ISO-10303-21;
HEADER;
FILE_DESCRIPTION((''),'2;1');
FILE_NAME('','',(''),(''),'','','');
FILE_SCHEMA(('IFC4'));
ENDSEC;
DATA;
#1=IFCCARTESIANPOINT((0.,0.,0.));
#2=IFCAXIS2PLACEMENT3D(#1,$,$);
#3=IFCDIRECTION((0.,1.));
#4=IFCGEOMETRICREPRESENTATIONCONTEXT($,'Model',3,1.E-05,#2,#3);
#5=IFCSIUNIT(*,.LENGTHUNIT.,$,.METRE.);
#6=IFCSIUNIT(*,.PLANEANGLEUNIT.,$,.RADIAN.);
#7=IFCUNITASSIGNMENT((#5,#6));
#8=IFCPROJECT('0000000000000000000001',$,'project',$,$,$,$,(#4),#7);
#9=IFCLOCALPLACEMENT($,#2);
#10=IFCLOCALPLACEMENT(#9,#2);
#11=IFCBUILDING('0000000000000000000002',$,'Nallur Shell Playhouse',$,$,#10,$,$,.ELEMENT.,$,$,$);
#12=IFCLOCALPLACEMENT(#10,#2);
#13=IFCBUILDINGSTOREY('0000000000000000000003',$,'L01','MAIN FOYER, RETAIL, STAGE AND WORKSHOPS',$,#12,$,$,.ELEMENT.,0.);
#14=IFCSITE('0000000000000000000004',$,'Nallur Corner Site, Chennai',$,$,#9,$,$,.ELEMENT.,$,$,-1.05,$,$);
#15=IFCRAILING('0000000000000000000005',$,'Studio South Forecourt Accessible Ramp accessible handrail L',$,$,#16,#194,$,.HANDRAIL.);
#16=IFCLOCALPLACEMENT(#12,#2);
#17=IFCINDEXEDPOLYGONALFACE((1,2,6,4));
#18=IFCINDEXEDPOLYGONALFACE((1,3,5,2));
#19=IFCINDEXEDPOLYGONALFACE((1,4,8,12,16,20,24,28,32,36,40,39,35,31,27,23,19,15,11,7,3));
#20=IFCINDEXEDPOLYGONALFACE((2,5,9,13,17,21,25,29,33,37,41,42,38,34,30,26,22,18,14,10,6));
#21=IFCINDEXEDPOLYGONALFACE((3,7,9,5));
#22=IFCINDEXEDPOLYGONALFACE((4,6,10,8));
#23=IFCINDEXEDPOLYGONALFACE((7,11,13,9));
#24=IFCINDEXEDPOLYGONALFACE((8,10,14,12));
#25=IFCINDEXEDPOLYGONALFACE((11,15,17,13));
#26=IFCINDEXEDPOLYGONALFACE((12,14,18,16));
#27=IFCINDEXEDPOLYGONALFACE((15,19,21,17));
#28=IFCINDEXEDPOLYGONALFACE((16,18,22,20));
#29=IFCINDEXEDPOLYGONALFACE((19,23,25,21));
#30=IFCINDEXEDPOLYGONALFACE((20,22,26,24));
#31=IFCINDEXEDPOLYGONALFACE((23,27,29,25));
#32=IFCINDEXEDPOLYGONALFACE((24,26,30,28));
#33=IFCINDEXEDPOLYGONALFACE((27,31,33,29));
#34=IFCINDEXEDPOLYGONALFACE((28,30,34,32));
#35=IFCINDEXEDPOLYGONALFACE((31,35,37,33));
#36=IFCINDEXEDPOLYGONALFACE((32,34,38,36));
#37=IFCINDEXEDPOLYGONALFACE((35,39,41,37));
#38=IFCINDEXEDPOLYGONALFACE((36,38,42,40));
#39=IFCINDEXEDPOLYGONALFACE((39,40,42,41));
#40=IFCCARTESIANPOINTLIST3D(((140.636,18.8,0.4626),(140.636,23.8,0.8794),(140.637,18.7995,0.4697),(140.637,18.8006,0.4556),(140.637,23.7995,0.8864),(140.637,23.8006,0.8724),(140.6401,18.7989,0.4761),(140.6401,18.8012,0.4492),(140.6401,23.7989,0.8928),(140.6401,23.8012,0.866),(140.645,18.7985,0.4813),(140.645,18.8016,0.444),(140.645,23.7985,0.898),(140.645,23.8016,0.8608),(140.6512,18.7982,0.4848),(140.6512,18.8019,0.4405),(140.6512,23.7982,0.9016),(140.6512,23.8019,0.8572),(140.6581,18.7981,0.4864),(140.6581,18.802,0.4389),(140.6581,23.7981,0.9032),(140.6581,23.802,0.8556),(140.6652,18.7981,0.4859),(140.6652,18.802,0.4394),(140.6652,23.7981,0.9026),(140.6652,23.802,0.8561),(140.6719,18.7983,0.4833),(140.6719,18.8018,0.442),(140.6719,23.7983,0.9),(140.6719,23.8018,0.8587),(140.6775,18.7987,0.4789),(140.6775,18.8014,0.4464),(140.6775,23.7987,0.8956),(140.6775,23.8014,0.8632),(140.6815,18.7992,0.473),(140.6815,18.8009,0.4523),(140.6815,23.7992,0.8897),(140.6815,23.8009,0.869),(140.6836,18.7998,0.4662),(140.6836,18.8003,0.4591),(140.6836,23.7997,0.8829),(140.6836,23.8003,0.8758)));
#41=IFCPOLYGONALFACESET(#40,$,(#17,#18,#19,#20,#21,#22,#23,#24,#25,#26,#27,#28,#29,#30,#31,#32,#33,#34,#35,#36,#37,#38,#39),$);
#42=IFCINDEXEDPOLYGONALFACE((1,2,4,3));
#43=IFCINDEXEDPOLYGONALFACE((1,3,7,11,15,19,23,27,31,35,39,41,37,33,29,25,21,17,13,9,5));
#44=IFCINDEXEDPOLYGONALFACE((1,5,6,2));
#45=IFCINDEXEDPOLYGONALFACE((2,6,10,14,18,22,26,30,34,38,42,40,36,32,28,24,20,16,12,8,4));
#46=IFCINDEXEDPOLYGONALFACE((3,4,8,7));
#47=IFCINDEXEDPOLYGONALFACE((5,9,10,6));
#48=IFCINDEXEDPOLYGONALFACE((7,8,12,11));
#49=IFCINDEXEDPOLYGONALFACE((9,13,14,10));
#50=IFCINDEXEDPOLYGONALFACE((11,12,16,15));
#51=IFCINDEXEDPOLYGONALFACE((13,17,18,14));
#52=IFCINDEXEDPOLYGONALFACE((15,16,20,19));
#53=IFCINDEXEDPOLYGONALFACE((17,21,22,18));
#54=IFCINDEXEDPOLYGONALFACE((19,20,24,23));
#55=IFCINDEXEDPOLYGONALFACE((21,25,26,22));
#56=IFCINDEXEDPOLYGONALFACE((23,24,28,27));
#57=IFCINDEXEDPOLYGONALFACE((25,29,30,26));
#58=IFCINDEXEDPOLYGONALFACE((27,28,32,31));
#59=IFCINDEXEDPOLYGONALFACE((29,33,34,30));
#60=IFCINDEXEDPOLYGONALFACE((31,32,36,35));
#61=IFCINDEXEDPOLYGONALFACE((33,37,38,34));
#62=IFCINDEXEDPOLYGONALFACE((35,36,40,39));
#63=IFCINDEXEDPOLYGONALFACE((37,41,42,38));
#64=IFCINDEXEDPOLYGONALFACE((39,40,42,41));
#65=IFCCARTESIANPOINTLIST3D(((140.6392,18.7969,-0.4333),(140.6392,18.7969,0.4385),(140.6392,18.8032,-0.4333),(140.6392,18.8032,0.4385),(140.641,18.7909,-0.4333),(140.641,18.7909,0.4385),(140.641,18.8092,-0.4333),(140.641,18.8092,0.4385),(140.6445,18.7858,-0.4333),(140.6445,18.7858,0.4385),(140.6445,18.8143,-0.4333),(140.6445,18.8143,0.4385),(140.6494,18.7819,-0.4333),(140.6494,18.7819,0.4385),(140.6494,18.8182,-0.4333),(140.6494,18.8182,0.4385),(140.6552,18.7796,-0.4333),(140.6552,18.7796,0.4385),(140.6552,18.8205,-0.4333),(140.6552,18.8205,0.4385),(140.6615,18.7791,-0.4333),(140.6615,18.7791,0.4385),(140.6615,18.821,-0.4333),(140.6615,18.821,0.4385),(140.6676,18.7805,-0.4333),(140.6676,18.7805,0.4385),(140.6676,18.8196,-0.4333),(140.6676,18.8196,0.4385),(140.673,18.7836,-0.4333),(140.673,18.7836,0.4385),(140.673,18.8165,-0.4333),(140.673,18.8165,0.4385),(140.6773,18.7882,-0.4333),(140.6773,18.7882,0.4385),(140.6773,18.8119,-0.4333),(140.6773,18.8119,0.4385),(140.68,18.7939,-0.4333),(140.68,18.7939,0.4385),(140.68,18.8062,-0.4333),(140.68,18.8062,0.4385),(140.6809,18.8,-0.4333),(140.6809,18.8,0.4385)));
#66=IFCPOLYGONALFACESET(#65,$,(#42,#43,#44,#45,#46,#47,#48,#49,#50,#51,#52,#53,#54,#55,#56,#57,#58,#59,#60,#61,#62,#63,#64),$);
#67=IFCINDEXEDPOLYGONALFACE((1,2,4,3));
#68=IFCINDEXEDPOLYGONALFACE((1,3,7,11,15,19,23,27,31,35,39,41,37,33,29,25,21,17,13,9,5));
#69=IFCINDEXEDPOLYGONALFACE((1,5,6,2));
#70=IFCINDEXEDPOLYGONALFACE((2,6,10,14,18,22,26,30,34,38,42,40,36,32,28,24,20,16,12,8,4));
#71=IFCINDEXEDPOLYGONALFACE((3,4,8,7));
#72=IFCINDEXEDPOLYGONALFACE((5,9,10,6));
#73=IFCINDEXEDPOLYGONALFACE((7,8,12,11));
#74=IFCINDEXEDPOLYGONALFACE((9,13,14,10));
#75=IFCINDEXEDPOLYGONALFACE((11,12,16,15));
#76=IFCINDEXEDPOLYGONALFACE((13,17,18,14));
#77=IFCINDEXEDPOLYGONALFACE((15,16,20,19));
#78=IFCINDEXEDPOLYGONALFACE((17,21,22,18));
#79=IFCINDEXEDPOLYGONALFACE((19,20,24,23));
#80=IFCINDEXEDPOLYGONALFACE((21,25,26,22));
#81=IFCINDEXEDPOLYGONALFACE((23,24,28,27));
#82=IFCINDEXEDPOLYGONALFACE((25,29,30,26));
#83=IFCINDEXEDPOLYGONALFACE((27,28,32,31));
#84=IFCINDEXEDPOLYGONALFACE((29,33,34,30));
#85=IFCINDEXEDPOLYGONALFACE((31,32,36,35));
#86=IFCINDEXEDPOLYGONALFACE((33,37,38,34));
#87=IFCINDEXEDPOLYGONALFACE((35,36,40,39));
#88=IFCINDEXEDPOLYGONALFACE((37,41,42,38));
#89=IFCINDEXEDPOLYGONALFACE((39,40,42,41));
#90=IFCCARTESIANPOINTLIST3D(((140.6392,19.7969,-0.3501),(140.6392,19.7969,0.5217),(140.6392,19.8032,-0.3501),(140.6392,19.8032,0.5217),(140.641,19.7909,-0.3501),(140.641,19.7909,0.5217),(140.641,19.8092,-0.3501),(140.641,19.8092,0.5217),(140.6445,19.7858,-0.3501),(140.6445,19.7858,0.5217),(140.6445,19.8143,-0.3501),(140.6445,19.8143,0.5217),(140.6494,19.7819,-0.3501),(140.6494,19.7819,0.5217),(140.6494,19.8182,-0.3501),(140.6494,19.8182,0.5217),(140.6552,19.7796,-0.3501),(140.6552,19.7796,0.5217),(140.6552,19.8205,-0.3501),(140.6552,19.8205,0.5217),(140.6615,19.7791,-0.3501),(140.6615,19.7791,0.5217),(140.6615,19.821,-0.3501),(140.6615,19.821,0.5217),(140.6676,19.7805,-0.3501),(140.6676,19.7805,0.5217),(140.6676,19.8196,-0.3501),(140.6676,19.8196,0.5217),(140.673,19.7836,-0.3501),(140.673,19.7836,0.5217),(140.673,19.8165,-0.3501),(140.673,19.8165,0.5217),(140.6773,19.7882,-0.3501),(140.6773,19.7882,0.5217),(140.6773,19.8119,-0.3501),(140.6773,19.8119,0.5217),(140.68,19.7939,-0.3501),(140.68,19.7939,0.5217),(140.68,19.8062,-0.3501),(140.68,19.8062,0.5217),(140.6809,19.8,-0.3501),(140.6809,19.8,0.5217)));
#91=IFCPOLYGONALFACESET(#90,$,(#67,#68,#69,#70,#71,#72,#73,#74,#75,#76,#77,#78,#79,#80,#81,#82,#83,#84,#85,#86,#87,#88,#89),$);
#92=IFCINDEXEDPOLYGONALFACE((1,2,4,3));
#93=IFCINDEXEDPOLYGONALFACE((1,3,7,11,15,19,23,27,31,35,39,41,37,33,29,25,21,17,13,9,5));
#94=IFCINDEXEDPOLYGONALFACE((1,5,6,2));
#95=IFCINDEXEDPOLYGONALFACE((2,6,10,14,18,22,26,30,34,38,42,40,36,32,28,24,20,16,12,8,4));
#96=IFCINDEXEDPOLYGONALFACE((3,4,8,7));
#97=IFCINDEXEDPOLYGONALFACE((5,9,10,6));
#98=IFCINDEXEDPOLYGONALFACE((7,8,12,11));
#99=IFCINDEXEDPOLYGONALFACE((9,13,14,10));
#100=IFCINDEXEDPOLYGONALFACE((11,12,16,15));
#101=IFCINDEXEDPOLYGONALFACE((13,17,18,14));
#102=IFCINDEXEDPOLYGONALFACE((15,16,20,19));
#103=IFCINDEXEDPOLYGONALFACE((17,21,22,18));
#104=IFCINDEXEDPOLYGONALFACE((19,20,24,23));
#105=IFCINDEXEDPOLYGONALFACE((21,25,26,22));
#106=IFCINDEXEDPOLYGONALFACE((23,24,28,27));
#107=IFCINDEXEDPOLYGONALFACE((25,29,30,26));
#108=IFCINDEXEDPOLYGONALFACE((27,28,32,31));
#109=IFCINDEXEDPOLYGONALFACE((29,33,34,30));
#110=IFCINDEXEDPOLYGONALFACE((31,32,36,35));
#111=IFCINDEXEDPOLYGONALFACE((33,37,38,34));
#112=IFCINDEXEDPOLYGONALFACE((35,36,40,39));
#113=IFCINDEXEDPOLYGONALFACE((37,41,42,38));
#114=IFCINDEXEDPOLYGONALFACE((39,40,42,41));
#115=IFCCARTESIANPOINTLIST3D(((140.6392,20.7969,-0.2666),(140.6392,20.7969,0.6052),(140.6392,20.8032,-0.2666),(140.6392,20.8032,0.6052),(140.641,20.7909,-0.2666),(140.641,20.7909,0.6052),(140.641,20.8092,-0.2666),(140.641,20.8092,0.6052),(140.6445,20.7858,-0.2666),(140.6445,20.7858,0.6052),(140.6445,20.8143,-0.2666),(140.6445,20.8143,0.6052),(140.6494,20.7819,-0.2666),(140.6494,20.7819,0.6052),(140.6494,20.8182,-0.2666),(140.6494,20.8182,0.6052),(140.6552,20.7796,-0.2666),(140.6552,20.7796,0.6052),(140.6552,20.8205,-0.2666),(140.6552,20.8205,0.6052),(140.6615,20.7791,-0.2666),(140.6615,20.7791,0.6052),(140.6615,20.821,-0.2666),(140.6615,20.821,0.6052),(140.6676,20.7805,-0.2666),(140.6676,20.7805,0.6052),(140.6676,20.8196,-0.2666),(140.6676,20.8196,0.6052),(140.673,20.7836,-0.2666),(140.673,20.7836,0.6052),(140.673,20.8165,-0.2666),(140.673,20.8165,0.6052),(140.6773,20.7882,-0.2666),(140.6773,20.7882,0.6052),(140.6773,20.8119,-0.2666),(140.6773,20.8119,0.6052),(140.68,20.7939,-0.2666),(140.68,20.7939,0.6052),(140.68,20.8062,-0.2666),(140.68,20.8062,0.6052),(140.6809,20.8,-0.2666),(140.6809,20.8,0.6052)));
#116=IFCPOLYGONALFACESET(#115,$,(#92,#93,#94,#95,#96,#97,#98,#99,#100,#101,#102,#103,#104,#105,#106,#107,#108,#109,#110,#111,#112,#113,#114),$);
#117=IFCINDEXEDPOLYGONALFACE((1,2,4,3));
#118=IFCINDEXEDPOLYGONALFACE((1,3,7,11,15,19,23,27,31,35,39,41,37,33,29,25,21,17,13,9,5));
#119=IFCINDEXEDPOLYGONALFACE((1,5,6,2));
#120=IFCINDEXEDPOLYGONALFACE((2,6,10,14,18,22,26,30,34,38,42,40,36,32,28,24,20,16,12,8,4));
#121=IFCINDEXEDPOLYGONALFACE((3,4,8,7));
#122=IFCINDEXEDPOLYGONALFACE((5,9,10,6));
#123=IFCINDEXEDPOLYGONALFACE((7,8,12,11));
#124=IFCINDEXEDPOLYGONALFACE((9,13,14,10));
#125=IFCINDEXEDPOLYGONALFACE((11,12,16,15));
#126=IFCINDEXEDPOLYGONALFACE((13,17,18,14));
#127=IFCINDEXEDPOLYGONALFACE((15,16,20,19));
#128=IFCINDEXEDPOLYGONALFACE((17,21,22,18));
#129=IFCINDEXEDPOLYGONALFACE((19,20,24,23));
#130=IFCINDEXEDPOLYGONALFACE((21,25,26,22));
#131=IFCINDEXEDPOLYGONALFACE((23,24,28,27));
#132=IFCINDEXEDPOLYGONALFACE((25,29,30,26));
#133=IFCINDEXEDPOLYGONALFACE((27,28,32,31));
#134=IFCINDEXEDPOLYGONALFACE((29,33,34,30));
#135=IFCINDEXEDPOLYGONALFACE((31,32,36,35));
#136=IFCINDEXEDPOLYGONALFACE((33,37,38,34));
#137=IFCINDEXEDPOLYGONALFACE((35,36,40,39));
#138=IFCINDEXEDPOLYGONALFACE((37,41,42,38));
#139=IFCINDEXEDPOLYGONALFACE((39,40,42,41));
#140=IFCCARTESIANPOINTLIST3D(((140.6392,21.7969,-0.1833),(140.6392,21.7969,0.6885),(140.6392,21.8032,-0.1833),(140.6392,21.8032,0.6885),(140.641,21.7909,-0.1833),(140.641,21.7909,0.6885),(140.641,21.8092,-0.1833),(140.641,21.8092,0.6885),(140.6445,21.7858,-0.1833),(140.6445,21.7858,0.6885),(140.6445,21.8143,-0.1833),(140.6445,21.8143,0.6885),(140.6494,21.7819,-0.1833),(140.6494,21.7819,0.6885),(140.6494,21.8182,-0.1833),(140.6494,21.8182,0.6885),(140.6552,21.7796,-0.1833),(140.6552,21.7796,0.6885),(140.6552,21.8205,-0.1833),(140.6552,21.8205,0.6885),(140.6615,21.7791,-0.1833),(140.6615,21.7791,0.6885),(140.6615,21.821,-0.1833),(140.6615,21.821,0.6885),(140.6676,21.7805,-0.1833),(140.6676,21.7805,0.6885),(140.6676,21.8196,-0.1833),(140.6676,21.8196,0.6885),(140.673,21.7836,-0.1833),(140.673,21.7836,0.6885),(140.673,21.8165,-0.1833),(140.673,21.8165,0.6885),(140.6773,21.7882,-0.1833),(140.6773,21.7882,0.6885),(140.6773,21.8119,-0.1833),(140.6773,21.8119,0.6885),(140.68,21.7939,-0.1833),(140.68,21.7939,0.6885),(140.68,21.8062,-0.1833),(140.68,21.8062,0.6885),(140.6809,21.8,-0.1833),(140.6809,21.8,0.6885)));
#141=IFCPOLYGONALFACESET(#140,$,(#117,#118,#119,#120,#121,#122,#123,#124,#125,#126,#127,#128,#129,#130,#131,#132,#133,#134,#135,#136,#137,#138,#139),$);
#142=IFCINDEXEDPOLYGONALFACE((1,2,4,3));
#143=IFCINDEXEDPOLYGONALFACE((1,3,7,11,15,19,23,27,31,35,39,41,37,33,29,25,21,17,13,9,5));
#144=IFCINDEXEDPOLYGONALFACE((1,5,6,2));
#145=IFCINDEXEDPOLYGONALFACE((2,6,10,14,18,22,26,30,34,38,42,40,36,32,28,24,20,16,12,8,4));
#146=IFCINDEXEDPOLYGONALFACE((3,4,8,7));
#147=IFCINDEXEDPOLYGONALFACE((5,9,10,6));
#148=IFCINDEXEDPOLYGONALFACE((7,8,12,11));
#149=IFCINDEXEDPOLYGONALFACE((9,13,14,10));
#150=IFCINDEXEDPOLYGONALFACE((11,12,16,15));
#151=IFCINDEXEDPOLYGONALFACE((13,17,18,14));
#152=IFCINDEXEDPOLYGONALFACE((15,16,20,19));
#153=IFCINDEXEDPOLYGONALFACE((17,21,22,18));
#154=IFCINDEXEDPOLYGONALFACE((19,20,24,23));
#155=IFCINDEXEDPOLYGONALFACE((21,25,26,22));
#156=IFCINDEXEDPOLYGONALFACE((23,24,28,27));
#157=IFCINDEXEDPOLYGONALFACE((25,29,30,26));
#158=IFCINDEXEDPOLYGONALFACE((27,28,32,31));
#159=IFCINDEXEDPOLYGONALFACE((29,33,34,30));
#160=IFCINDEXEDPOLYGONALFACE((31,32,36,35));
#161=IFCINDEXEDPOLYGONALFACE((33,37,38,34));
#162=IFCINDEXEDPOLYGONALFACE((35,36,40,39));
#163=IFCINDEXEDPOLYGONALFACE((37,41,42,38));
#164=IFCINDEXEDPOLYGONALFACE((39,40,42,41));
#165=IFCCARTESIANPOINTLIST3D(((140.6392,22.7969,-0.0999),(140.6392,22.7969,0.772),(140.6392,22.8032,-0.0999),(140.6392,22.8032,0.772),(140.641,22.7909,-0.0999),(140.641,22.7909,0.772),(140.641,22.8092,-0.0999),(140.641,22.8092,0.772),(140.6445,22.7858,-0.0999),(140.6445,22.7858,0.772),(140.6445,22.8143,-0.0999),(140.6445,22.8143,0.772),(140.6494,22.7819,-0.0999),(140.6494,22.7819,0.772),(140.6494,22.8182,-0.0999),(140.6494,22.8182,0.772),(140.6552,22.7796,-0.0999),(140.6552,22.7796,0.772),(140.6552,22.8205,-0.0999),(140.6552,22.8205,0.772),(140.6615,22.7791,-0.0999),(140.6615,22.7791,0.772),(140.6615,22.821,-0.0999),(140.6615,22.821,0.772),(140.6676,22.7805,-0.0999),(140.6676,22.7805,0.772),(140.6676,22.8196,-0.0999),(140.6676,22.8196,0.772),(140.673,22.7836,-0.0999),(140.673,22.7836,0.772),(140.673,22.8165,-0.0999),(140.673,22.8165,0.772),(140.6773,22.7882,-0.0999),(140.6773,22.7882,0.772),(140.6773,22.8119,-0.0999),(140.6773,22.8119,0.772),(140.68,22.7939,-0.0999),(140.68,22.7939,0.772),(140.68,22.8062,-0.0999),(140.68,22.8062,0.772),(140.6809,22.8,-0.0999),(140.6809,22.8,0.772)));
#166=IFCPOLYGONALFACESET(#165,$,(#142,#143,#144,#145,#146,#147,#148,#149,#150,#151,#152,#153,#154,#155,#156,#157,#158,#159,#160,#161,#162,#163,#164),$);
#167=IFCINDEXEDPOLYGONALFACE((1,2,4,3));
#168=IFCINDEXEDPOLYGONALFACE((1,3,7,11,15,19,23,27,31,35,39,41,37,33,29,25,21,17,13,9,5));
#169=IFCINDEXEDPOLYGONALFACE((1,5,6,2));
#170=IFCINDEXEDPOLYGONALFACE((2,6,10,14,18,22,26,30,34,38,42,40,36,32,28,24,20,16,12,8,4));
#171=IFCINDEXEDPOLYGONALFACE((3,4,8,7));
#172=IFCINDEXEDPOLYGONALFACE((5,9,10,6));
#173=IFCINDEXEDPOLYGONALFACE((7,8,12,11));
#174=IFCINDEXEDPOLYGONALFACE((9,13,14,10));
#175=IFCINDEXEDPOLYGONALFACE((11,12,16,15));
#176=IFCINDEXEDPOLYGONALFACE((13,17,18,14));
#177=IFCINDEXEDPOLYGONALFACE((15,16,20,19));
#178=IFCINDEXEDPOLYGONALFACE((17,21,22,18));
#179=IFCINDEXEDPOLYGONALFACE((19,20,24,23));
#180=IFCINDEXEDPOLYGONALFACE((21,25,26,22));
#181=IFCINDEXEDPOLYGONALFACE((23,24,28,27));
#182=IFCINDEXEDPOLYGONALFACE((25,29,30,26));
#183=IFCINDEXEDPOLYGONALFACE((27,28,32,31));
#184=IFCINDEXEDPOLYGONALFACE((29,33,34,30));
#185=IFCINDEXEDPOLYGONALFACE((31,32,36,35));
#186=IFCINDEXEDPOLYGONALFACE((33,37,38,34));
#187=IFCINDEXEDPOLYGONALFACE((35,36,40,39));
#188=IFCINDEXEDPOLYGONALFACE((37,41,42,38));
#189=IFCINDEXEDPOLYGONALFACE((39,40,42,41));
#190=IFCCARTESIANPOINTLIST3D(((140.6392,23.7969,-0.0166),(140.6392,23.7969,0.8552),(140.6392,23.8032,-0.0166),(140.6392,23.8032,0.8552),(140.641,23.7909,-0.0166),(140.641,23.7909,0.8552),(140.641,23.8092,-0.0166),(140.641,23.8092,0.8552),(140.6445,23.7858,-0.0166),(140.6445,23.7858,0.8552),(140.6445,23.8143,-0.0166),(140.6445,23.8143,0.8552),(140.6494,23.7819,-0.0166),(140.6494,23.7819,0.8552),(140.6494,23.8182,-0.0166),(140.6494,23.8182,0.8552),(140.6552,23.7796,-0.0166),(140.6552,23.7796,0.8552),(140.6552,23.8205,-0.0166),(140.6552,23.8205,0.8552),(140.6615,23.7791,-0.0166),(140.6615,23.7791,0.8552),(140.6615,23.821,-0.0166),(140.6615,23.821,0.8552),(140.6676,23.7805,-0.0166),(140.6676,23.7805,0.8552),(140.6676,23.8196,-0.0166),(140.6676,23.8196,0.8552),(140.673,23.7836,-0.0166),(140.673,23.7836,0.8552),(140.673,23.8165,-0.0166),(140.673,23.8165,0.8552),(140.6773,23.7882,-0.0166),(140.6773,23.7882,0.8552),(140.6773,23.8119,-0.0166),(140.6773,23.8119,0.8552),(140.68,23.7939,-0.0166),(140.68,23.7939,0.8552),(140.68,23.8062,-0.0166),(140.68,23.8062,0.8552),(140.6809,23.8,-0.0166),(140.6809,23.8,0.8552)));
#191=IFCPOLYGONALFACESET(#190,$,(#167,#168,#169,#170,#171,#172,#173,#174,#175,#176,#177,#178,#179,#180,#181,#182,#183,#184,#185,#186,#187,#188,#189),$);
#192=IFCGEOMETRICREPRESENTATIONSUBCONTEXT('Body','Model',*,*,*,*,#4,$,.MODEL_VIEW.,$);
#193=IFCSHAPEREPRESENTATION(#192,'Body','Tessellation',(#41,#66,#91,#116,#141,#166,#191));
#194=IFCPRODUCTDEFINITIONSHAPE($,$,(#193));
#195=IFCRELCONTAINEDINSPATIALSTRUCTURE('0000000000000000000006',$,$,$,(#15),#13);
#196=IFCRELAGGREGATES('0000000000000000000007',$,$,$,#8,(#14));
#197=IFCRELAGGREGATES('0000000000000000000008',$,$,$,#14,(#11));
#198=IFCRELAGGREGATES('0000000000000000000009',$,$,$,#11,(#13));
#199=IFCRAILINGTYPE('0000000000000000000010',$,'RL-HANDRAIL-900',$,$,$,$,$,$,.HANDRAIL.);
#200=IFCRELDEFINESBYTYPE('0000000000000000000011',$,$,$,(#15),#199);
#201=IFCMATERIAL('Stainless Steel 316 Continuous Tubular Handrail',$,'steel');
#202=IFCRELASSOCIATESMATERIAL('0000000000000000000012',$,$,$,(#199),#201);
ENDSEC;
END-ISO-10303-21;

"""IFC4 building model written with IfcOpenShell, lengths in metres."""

from ifc_helpers import new_model, si_unit, direction, frame, origin, origin_2d, place, context, subcontext, project, spatial, circle, extrude, material, type_object, element, save


model = new_model("IFC4")

# Units and contexts
model_context = context("Model", 3, precision=1e-05, world=origin(), true_north=direction((0.0, 1.0)))
body_context = subcontext(model_context, "Body", "Model", "MODEL_VIEW")
ifc_project = project(units=[si_unit("LENGTHUNIT", "METRE"), si_unit("PLANEANGLEUNIT", "RADIAN")], contexts=[model_context])

# Site, building, storey
site_placement = place(None, origin())
site = spatial("IfcSite", under=ifc_project, at=site_placement, Name="Nallur Corner Site, Chennai", CompositionType="ELEMENT", RefElevation=-1.05)
building_placement = place(site_placement, origin())
building = spatial("IfcBuilding", under=site, at=building_placement, Name="Nallur Shell Playhouse", CompositionType="ELEMENT")
storey_placement = place(building_placement, origin())
storey = spatial("IfcBuildingStorey", under=building, at=storey_placement, Name="L01", Description="MAIN FOYER, RETAIL, STAGE AND WORKSHOPS", CompositionType="ELEMENT", Elevation=0.0)

# Railing
ifc_material_1 = material(Name="Stainless Steel 316 Continuous Tubular Handrail", Category="steel")
railing_type = type_object("IfcRailingType", Name="RL-HANDRAIL-900", PredefinedType="HANDRAIL", material=ifc_material_1)
for number, where, name in (
    (1, (140.6599, 18.8, -0.4333), "Studio South Forecourt Accessible Ramp accessible handrail L"),
):
    element("IfcRailing", number, at=place(storey_placement, frame(where)), inside=storey, type_object=railing_type, Name=name, PredefinedType="HANDRAIL", context=body_context, shape_type="SweptSolid", body=[
        extrude(circle(Radius=0.0239, at=origin_2d()), frame((0.0, 0.0, 0.896), z_axis=(0.0, 0.996544, 0.083062), x_axis=(-1.0, 0.0, 0.0)), (0.0, 0.0, 1.0), 5.0173),
        extrude(circle(Radius=0.021, at=origin_2d()), origin(), (0.0, 0.0, 1.0), 0.8718),
        extrude(circle(Radius=0.021, at=origin_2d()), frame((0.0, 1.0, 0.0833)), (0.0, 0.0, 1.0), 0.8718),
        extrude(circle(Radius=0.021, at=origin_2d()), frame((0.0, 2.0, 0.1667)), (0.0, 0.0, 1.0), 0.8718),
        extrude(circle(Radius=0.021, at=origin_2d()), frame((0.0, 3.0, 0.25)), (0.0, 0.0, 1.0), 0.8718),
        extrude(circle(Radius=0.021, at=origin_2d()), frame((0.0, 4.0, 0.3335)), (0.0, 0.0, 1.0), 0.8718),
        extrude(circle(Radius=0.021, at=origin_2d()), frame((0.0, 5.0, 0.4167)), (0.0, 0.0, 1.0), 0.8718),
    ])

save(model, "model.ifc")
